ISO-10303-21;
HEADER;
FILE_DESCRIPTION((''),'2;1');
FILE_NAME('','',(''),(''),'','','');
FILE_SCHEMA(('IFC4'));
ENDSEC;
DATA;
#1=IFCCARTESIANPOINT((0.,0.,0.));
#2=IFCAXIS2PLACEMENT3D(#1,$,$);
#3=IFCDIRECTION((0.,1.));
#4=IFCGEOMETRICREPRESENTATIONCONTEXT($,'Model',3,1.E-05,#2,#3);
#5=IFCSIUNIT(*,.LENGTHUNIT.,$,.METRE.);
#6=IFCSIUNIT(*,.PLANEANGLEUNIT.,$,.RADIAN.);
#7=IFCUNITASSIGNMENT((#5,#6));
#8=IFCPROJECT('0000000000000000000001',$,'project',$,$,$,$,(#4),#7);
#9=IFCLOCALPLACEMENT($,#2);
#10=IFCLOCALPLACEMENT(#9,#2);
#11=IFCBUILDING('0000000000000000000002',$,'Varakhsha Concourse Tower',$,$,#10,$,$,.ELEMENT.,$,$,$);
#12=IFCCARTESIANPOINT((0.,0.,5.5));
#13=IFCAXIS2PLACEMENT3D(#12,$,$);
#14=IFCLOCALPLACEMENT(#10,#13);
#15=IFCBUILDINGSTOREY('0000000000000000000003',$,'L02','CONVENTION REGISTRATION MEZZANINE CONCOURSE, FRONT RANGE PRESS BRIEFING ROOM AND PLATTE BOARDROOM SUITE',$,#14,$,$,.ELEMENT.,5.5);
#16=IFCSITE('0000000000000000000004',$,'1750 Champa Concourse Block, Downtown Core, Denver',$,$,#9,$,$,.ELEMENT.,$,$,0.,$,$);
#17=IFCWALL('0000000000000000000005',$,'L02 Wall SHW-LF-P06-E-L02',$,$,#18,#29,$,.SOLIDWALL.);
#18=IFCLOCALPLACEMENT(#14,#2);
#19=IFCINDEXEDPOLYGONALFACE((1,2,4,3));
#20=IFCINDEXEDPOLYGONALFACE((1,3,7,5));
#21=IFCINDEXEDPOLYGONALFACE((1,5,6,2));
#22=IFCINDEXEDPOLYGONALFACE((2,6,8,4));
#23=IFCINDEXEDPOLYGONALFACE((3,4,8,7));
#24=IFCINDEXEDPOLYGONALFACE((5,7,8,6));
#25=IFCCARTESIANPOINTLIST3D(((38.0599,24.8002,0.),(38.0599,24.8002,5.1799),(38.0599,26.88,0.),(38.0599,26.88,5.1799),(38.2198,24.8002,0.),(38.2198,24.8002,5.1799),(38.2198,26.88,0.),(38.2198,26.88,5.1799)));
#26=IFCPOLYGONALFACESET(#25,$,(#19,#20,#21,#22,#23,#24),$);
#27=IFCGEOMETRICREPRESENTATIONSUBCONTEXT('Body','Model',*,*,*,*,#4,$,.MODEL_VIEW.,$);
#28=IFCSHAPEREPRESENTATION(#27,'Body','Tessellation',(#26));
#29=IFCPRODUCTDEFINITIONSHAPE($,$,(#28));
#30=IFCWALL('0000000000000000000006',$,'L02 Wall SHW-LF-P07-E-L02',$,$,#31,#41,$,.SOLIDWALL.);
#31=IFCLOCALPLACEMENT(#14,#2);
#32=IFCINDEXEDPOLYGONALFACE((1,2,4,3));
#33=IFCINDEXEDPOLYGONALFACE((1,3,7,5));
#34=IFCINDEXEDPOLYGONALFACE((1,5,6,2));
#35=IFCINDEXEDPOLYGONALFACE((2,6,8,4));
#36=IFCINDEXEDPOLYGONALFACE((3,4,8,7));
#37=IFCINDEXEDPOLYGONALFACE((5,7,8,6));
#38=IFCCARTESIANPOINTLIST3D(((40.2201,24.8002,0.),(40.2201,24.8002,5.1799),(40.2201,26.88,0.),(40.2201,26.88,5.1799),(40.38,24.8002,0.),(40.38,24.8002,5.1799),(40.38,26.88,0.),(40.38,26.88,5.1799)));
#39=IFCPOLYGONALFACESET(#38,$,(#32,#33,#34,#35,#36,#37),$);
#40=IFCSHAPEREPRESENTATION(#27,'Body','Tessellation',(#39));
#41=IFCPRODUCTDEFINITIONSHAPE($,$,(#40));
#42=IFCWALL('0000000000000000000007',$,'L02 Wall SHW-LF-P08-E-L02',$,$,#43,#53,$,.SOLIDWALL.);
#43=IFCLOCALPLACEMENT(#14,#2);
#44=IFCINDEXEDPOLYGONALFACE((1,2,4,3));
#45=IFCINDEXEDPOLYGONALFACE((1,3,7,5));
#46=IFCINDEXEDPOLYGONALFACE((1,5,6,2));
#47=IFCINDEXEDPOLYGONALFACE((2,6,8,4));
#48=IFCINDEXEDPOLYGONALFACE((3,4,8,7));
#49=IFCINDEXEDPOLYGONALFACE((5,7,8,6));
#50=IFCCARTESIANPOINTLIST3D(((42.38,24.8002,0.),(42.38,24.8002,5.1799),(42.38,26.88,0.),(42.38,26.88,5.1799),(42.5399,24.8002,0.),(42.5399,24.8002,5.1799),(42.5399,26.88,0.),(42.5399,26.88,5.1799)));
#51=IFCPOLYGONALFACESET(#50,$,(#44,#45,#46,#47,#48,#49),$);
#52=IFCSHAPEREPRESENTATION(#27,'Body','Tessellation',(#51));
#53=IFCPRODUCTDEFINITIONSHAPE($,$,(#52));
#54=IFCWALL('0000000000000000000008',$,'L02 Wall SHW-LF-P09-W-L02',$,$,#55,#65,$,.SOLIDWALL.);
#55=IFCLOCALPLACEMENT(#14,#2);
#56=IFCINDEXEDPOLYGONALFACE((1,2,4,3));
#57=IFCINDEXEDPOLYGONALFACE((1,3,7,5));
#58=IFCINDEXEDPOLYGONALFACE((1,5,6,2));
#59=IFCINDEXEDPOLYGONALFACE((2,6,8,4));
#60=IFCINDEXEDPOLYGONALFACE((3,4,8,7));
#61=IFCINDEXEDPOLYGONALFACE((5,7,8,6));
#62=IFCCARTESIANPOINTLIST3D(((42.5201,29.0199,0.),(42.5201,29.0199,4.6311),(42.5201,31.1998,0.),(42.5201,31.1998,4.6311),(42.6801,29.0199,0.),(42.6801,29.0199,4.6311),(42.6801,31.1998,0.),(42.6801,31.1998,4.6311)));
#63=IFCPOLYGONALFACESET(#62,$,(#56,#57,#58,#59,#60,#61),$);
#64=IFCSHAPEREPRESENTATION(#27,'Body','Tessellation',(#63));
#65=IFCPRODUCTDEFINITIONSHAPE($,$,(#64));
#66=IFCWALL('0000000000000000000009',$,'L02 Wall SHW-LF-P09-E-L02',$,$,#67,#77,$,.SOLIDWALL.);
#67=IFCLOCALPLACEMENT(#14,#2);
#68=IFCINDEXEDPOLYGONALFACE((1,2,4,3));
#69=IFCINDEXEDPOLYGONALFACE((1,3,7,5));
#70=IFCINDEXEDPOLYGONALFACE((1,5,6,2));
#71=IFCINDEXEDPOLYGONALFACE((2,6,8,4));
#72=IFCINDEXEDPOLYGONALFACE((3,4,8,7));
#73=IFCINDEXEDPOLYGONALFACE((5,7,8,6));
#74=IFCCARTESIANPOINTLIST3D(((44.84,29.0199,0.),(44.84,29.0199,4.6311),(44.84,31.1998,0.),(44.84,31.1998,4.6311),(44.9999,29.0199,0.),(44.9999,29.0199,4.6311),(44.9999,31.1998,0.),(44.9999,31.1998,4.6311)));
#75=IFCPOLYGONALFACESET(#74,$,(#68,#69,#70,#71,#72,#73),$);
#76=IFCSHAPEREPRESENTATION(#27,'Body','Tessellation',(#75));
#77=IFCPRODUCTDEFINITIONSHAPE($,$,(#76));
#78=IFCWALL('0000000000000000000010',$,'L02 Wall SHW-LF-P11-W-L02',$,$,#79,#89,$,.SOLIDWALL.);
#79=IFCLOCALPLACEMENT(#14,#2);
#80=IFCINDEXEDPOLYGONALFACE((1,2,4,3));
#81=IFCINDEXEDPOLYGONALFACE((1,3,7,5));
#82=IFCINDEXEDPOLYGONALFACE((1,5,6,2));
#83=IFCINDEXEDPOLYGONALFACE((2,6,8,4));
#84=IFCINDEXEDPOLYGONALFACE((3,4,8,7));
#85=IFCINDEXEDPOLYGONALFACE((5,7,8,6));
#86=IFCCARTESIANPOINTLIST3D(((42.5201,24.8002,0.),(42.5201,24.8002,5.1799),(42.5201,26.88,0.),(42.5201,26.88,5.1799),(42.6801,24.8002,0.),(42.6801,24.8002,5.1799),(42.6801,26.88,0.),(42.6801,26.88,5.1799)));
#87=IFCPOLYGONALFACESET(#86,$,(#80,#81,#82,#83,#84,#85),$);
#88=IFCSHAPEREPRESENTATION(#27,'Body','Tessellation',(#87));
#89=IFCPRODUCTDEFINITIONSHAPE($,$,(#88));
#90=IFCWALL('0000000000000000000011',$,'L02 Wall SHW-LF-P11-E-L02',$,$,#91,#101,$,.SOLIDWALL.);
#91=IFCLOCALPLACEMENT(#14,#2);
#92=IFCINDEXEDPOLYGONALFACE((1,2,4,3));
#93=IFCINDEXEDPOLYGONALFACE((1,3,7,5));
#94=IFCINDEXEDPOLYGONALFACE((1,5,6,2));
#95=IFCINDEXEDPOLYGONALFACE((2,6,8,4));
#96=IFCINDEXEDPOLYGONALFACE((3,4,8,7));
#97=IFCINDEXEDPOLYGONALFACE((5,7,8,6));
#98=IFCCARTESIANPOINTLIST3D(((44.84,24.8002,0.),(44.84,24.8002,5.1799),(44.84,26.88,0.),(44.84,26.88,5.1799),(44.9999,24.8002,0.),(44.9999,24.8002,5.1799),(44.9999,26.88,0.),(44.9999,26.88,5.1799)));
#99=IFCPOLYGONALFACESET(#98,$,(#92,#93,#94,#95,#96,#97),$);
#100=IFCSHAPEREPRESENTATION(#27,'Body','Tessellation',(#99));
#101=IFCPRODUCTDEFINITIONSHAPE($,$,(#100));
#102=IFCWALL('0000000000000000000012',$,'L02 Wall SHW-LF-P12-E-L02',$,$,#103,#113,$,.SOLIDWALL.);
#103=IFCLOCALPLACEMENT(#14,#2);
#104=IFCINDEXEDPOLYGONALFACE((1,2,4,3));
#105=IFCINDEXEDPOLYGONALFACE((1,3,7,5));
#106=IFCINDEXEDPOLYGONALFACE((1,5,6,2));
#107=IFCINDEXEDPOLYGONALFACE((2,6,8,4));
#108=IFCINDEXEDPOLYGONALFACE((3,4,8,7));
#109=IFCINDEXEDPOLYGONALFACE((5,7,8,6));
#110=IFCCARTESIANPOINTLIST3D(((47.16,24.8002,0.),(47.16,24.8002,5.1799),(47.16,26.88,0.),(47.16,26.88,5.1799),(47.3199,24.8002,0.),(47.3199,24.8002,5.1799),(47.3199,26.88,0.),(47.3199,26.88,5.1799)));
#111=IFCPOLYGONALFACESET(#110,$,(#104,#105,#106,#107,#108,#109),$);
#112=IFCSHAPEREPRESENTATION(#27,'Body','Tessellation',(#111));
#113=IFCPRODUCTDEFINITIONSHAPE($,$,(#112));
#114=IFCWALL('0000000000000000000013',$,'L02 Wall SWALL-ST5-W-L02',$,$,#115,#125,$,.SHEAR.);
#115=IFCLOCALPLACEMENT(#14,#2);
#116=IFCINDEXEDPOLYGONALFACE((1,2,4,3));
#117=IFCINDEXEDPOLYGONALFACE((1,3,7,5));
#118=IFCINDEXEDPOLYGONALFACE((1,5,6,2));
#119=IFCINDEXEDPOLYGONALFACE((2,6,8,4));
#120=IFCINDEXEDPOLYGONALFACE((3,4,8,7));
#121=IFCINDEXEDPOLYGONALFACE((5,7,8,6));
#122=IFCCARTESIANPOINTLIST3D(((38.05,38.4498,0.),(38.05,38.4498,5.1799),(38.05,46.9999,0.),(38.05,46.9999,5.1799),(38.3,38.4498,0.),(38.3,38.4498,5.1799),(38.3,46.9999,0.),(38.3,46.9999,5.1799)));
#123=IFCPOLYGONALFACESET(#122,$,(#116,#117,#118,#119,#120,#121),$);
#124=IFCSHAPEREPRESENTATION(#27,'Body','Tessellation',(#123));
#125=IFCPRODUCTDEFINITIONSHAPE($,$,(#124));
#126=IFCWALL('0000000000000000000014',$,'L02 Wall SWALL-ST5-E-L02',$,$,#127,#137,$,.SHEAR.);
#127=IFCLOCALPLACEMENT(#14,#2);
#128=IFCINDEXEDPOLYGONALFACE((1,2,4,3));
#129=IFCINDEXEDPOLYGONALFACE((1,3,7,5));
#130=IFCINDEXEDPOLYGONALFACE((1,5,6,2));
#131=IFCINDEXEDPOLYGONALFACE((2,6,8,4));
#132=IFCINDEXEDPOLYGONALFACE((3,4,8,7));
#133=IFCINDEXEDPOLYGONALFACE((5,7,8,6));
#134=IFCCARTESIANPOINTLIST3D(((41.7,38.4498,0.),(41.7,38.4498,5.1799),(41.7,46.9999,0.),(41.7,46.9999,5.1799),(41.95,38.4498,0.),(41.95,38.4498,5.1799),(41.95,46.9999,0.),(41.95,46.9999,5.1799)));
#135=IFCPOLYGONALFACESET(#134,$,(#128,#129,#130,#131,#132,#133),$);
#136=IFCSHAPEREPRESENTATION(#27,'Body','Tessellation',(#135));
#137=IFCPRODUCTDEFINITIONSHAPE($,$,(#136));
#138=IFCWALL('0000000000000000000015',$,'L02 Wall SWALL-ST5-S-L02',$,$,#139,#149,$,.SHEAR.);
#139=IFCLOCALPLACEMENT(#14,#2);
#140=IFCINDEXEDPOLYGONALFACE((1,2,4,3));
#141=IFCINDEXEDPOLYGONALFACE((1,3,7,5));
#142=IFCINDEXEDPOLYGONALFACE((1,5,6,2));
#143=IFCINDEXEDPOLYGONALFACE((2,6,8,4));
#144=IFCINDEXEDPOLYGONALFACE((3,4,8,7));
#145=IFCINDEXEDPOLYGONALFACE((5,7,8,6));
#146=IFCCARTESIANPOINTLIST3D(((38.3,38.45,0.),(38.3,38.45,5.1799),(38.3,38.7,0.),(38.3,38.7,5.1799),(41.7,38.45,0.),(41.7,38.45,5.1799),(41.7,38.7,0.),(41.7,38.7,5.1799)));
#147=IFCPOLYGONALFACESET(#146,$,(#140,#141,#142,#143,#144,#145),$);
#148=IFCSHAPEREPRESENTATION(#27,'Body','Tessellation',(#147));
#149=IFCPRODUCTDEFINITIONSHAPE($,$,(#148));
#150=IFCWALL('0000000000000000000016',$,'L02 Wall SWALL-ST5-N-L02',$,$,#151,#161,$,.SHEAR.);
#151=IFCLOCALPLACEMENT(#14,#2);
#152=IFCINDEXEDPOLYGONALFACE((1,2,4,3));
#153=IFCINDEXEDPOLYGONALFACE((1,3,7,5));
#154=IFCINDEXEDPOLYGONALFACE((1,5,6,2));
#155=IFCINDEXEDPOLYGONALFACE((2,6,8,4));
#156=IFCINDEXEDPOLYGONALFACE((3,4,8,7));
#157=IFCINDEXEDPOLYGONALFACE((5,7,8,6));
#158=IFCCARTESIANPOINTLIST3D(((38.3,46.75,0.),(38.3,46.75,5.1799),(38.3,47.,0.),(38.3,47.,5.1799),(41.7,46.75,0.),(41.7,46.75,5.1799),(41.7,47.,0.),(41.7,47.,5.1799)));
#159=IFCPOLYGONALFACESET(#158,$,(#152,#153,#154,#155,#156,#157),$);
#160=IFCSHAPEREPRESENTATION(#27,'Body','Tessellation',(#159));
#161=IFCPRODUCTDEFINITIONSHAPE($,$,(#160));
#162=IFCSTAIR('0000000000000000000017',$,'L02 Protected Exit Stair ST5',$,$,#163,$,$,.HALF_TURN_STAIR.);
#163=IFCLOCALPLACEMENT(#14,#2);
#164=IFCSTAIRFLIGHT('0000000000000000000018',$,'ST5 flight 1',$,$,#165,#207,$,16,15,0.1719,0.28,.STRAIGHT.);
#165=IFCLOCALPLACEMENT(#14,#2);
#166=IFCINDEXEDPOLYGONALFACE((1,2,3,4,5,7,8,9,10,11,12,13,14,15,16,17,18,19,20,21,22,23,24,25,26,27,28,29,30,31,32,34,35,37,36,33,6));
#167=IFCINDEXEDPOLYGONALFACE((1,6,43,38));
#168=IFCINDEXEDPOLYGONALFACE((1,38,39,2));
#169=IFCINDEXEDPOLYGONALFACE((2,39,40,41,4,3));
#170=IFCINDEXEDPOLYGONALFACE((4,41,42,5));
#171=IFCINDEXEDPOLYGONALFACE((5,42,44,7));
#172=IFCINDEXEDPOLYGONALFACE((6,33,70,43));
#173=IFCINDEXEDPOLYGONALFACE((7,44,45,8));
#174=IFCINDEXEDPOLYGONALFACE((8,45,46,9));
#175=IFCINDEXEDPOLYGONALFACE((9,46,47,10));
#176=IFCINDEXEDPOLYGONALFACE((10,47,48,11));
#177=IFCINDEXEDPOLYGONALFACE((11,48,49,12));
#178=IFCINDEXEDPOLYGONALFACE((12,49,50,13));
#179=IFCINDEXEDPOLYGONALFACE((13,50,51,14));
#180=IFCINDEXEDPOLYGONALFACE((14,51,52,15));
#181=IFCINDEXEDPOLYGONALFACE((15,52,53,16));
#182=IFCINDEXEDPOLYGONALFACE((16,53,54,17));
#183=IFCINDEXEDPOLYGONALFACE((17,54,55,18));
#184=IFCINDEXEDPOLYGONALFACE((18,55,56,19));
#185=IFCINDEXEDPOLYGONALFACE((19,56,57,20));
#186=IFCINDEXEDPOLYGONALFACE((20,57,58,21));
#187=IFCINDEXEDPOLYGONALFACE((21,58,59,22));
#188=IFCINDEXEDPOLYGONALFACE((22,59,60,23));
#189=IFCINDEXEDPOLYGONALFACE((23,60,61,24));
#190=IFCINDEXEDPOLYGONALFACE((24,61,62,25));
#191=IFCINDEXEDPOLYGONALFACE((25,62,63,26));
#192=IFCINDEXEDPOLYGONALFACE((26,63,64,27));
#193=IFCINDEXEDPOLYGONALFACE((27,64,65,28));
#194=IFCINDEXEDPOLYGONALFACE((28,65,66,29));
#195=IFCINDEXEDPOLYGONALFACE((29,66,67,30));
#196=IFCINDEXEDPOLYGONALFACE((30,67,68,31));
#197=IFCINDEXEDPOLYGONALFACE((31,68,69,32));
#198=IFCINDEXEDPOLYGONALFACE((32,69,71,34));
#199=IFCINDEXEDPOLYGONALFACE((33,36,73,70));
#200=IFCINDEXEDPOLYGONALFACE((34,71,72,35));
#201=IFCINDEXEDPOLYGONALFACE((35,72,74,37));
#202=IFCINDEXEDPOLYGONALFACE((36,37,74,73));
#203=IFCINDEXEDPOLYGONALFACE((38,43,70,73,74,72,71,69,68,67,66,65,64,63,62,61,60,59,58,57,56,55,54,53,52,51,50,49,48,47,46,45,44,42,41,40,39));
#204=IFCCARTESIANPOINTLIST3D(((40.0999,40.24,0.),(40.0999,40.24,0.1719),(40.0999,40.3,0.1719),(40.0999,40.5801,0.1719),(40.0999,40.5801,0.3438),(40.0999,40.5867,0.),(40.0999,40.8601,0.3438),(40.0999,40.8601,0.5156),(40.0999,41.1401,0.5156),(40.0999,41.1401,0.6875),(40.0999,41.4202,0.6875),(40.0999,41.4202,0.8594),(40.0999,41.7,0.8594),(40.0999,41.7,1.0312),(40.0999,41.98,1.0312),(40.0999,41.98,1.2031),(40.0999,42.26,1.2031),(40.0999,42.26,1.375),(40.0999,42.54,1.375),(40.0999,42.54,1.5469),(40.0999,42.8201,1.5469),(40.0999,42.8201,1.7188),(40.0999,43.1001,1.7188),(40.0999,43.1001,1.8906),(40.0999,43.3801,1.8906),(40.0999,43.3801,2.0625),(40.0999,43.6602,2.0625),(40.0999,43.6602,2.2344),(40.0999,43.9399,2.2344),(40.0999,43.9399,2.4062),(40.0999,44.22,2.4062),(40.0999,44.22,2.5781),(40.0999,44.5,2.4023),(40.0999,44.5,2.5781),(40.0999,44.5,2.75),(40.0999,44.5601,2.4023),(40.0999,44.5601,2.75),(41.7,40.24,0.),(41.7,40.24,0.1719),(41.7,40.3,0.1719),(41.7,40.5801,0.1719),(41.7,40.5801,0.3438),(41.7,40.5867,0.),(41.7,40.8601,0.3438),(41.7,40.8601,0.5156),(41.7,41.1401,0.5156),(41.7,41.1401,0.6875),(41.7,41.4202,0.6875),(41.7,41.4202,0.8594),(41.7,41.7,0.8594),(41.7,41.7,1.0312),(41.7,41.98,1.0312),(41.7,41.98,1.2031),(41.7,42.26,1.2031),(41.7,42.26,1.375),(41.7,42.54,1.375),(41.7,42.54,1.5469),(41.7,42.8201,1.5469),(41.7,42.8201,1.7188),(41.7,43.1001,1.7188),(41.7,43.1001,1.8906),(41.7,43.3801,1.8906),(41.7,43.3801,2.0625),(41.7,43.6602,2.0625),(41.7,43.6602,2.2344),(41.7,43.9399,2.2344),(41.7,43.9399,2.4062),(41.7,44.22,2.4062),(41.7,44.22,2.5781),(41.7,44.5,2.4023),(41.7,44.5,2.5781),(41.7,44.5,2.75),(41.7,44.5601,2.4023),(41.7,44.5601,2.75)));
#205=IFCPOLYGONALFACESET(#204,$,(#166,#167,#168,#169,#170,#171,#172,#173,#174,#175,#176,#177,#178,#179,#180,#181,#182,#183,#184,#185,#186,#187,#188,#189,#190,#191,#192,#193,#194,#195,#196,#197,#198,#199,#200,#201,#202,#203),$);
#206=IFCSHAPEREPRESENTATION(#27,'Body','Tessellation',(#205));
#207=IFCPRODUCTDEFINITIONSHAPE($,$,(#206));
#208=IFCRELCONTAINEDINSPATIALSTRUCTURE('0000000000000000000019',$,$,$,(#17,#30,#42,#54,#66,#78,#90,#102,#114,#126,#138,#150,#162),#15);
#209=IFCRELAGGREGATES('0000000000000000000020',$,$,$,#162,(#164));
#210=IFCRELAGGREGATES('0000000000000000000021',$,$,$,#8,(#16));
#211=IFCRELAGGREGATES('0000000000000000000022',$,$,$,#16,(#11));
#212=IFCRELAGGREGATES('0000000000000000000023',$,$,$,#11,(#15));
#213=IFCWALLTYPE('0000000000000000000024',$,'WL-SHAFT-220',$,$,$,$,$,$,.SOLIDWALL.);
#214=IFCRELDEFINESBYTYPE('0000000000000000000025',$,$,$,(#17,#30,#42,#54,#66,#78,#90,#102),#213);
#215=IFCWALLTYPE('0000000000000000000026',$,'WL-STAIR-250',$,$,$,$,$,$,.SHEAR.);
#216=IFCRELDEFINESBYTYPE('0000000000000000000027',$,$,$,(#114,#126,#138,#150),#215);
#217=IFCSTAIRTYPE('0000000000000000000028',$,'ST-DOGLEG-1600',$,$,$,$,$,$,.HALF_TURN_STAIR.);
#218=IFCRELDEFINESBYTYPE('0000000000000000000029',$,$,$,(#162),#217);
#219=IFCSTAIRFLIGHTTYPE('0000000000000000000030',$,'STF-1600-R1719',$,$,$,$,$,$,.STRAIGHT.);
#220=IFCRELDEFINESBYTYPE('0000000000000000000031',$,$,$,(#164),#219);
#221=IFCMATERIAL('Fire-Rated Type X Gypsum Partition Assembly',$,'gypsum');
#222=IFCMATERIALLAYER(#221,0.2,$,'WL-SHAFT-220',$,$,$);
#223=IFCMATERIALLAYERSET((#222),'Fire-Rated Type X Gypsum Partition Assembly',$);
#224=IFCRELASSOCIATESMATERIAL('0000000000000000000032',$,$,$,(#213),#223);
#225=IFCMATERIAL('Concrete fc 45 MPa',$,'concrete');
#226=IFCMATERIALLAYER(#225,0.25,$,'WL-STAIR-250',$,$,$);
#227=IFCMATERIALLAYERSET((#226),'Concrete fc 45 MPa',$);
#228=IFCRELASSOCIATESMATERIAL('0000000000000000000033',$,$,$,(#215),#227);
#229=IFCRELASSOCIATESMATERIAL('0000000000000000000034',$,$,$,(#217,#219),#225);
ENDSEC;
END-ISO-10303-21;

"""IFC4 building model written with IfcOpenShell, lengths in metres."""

from ifc_helpers import new_model, si_unit, direction, frame, frame_2d, origin, place, context, subcontext, project, spatial, polyline, rectangle, outline, extrude, material, layer, layer_set, type_object, element, aggregate, save


model = new_model("IFC4")

# Units and contexts
model_context = context("Model", 3, precision=1e-05, world=origin(), true_north=direction((0.0, 1.0)))
body_context = subcontext(model_context, "Body", "Model", "MODEL_VIEW")
ifc_project = project(units=[si_unit("LENGTHUNIT", "METRE"), si_unit("PLANEANGLEUNIT", "RADIAN")], contexts=[model_context])

# Site, building, storey
site_placement = place(None, origin())
site = spatial("IfcSite", under=ifc_project, at=site_placement, Name="1750 Champa Concourse Block, Downtown Core, Denver", CompositionType="ELEMENT", RefElevation=0.0)
building_placement = place(site_placement, origin())
building = spatial("IfcBuilding", under=site, at=building_placement, Name="Varakhsha Concourse Tower", CompositionType="ELEMENT")
storey_placement = place(building_placement, frame((0.0, 0.0, 5.5)))
storey = spatial("IfcBuildingStorey", under=building, at=storey_placement, Name="L02", Description="CONVENTION REGISTRATION MEZZANINE CONCOURSE, FRONT RANGE PRESS BRIEFING ROOM AND PLATTE BOARDROOM SUITE", CompositionType="ELEMENT", Elevation=5.5)

# Shared definitions
ifc_material_1 = material(Name="Fire-Rated Type X Gypsum Partition Assembly", Category="gypsum")

# Walls
ifc_layer_1 = layer(ifc_material_1, 0.2, Name="WL-SHAFT-220")
ifc_layer_set_1 = layer_set([ifc_layer_1], Name="Fire-Rated Type X Gypsum Partition Assembly")
wall_type_1 = type_object("IfcWallType", Name="WL-SHAFT-220", PredefinedType="SOLIDWALL", material=ifc_layer_set_1)
for number, where, z_axis, x_axis, name in (
    (1, (38.1399, 24.8, 0.0), (0.0, 0.0, 1.0), (0.0, 1.0, 0.0), "L02 Wall SHW-LF-P06-E-L02"),
    (2, (40.3, 24.8, 0.0), (0.0, 0.0, 1.0), (0.0, 1.0, 0.0), "L02 Wall SHW-LF-P07-E-L02"),
    (3, (42.46, 24.8, 0.0), (0.0, 0.0, 1.0), (0.0, 1.0, 0.0), "L02 Wall SHW-LF-P08-E-L02"),
):
    element("IfcWall", number, at=place(storey_placement, frame(where, z_axis=z_axis, x_axis=x_axis)), inside=storey, type_object=wall_type_1, Name=name, PredefinedType="SOLIDWALL", context=body_context, shape_type="SweptSolid", body=[
        extrude(rectangle(XDim=2.0798, YDim=0.1599, at=frame_2d((1.04, 0.0))), origin(), (0.0, 0.0, 1.0), 5.1799),
    ])
for number, where, z_axis, x_axis, name in (
    (4, (42.6001, 29.02, 0.0), (0.0, 0.0, 1.0), (0.0, 1.0, 0.0), "L02 Wall SHW-LF-P09-W-L02"),
    (5, (44.9199, 29.02, 0.0), (0.0, 0.0, 1.0), (0.0, 1.0, 0.0), "L02 Wall SHW-LF-P09-E-L02"),
):
    element("IfcWall", number, at=place(storey_placement, frame(where, z_axis=z_axis, x_axis=x_axis)), inside=storey, type_object=wall_type_1, Name=name, PredefinedType="SOLIDWALL", context=body_context, shape_type="SweptSolid", body=[
        extrude(rectangle(XDim=2.1799, YDim=0.1599, at=frame_2d((1.0898, 0.0))), origin(), (0.0, 0.0, 1.0), 4.6311),
    ])
for number, where, z_axis, x_axis, name in (
    (6, (42.6001, 24.8, 0.0), (0.0, 0.0, 1.0), (0.0, 1.0, 0.0), "L02 Wall SHW-LF-P11-W-L02"),
    (7, (44.9199, 24.8, 0.0), (0.0, 0.0, 1.0), (0.0, 1.0, 0.0), "L02 Wall SHW-LF-P11-E-L02"),
    (8, (47.24, 24.8, 0.0), (0.0, 0.0, 1.0), (0.0, 1.0, 0.0), "L02 Wall SHW-LF-P12-E-L02"),
):
    element("IfcWall", number, at=place(storey_placement, frame(where, z_axis=z_axis, x_axis=x_axis)), inside=storey, type_object=wall_type_1, Name=name, PredefinedType="SOLIDWALL", context=body_context, shape_type="SweptSolid", body=[
        extrude(rectangle(XDim=2.0798, YDim=0.1599, at=frame_2d((1.04, 0.0))), origin(), (0.0, 0.0, 1.0), 5.1799),
    ])
ifc_material_2 = material(Name="Concrete fc 45 MPa", Category="concrete")
ifc_layer_2 = layer(ifc_material_2, 0.25, Name="WL-STAIR-250")
ifc_layer_set_2 = layer_set([ifc_layer_2], Name="Concrete fc 45 MPa")
wall_type_2 = type_object("IfcWallType", Name="WL-STAIR-250", PredefinedType="SHEAR", material=ifc_layer_set_2)
for number, where, z_axis, x_axis, name in (
    (9, (38.175, 38.45, 0.0), (0.0, 0.0, 1.0), (0.0, 1.0, 0.0), "L02 Wall SWALL-ST5-W-L02"),
    (10, (41.825, 38.45, 0.0), (0.0, 0.0, 1.0), (0.0, 1.0, 0.0), "L02 Wall SWALL-ST5-E-L02"),
):
    element("IfcWall", number, at=place(storey_placement, frame(where, z_axis=z_axis, x_axis=x_axis)), inside=storey, type_object=wall_type_2, Name=name, PredefinedType="SHEAR", context=body_context, shape_type="SweptSolid", body=[
        extrude(rectangle(XDim=8.55, YDim=0.25, at=frame_2d((4.2749, 0.0))), origin(), (0.0, 0.0, 1.0), 5.1799),
    ])
for number, where, z_axis, x_axis, name in (
    (11, (38.3, 38.575, 0.0), (0.0, 0.0, 1.0), (1.0, 0.0, 0.0), "L02 Wall SWALL-ST5-S-L02"),
    (12, (38.3, 46.875, 0.0), (0.0, 0.0, 1.0), (1.0, 0.0, 0.0), "L02 Wall SWALL-ST5-N-L02"),
):
    element("IfcWall", number, at=place(storey_placement, frame(where, z_axis=z_axis, x_axis=x_axis)), inside=storey, type_object=wall_type_2, Name=name, PredefinedType="SHEAR", context=body_context, shape_type="SweptSolid", body=[
        extrude(rectangle(XDim=3.3999, YDim=0.25, at=frame_2d((1.7, 0.0))), origin(), (0.0, 0.0, 1.0), 5.1799),
    ])

# Stair, stair flight
stair_type = type_object("IfcStairType", Name="ST-DOGLEG-1600", PredefinedType="HALF_TURN_STAIR", material=ifc_material_2)
stair_placement = place(storey_placement, origin())
stair = element("IfcStair", 13, at=stair_placement, inside=storey, type_object=stair_type, Name="L02 Protected Exit Stair ST5", PredefinedType="HALF_TURN_STAIR")
stair_flight_type = type_object("IfcStairFlightType", Name="STF-1600-R1719", PredefinedType="STRAIGHT", material=ifc_material_2)
stair_flight_1_placement = place(storey_placement, frame((40.8999, 40.3, 0.0), z_axis=(0.0, 0.0, 1.0), x_axis=(0.0, 1.0, 0.0)))
stair_flight_1 = element("IfcStairFlight", 14, at=stair_flight_1_placement, type_object=stair_flight_type, Name="ST5 flight 1", NumberOfRisers=16, NumberOfTreads=15, PredefinedType="STRAIGHT", RiserHeight=0.1719, TreadLength=0.28, context=body_context, shape_type="SweptSolid", body=[
    extrude(outline(polyline([(-0.0601, 0.0), (-0.0601, 0.1719), (0.0, 0.1719), (0.28, 0.1719), (0.28, 0.3438), (0.5601, 0.3438), (0.5601, 0.5156), (0.8401, 0.5156), (0.8401, 0.6875), (1.1201, 0.6875), (1.1201, 0.8594), (1.3999, 0.8594), (1.3999, 1.0312), (1.6799, 1.0312), (1.6799, 1.2031), (1.96, 1.2031), (1.96, 1.375), (2.24, 1.375), (2.24, 1.5469), (2.52, 1.5469), (2.52, 1.7188), (2.8, 1.7188), (2.8, 1.8906), (3.0801, 1.8906), (3.0801, 2.0625), (3.3601, 2.0625), (3.3601, 2.2344), (3.6399, 2.2344), (3.6399, 2.4062), (3.9199, 2.4062), (3.9199, 2.5781), (4.2, 2.5781), (4.2, 2.75), (4.26, 2.75), (4.26, 2.4023), (4.2, 2.4023), (0.2866, 0.0), (-0.0601, 0.0)])), frame((0.0, 0.8, 0.0), z_axis=(0.0, -1.0, 0.0), x_axis=(1.0, 0.0, 0.0)), (0.0, 0.0, 1.0), 1.6001),
])
aggregate(stair, [stair_flight_1])

save(model, "model.ifc")
